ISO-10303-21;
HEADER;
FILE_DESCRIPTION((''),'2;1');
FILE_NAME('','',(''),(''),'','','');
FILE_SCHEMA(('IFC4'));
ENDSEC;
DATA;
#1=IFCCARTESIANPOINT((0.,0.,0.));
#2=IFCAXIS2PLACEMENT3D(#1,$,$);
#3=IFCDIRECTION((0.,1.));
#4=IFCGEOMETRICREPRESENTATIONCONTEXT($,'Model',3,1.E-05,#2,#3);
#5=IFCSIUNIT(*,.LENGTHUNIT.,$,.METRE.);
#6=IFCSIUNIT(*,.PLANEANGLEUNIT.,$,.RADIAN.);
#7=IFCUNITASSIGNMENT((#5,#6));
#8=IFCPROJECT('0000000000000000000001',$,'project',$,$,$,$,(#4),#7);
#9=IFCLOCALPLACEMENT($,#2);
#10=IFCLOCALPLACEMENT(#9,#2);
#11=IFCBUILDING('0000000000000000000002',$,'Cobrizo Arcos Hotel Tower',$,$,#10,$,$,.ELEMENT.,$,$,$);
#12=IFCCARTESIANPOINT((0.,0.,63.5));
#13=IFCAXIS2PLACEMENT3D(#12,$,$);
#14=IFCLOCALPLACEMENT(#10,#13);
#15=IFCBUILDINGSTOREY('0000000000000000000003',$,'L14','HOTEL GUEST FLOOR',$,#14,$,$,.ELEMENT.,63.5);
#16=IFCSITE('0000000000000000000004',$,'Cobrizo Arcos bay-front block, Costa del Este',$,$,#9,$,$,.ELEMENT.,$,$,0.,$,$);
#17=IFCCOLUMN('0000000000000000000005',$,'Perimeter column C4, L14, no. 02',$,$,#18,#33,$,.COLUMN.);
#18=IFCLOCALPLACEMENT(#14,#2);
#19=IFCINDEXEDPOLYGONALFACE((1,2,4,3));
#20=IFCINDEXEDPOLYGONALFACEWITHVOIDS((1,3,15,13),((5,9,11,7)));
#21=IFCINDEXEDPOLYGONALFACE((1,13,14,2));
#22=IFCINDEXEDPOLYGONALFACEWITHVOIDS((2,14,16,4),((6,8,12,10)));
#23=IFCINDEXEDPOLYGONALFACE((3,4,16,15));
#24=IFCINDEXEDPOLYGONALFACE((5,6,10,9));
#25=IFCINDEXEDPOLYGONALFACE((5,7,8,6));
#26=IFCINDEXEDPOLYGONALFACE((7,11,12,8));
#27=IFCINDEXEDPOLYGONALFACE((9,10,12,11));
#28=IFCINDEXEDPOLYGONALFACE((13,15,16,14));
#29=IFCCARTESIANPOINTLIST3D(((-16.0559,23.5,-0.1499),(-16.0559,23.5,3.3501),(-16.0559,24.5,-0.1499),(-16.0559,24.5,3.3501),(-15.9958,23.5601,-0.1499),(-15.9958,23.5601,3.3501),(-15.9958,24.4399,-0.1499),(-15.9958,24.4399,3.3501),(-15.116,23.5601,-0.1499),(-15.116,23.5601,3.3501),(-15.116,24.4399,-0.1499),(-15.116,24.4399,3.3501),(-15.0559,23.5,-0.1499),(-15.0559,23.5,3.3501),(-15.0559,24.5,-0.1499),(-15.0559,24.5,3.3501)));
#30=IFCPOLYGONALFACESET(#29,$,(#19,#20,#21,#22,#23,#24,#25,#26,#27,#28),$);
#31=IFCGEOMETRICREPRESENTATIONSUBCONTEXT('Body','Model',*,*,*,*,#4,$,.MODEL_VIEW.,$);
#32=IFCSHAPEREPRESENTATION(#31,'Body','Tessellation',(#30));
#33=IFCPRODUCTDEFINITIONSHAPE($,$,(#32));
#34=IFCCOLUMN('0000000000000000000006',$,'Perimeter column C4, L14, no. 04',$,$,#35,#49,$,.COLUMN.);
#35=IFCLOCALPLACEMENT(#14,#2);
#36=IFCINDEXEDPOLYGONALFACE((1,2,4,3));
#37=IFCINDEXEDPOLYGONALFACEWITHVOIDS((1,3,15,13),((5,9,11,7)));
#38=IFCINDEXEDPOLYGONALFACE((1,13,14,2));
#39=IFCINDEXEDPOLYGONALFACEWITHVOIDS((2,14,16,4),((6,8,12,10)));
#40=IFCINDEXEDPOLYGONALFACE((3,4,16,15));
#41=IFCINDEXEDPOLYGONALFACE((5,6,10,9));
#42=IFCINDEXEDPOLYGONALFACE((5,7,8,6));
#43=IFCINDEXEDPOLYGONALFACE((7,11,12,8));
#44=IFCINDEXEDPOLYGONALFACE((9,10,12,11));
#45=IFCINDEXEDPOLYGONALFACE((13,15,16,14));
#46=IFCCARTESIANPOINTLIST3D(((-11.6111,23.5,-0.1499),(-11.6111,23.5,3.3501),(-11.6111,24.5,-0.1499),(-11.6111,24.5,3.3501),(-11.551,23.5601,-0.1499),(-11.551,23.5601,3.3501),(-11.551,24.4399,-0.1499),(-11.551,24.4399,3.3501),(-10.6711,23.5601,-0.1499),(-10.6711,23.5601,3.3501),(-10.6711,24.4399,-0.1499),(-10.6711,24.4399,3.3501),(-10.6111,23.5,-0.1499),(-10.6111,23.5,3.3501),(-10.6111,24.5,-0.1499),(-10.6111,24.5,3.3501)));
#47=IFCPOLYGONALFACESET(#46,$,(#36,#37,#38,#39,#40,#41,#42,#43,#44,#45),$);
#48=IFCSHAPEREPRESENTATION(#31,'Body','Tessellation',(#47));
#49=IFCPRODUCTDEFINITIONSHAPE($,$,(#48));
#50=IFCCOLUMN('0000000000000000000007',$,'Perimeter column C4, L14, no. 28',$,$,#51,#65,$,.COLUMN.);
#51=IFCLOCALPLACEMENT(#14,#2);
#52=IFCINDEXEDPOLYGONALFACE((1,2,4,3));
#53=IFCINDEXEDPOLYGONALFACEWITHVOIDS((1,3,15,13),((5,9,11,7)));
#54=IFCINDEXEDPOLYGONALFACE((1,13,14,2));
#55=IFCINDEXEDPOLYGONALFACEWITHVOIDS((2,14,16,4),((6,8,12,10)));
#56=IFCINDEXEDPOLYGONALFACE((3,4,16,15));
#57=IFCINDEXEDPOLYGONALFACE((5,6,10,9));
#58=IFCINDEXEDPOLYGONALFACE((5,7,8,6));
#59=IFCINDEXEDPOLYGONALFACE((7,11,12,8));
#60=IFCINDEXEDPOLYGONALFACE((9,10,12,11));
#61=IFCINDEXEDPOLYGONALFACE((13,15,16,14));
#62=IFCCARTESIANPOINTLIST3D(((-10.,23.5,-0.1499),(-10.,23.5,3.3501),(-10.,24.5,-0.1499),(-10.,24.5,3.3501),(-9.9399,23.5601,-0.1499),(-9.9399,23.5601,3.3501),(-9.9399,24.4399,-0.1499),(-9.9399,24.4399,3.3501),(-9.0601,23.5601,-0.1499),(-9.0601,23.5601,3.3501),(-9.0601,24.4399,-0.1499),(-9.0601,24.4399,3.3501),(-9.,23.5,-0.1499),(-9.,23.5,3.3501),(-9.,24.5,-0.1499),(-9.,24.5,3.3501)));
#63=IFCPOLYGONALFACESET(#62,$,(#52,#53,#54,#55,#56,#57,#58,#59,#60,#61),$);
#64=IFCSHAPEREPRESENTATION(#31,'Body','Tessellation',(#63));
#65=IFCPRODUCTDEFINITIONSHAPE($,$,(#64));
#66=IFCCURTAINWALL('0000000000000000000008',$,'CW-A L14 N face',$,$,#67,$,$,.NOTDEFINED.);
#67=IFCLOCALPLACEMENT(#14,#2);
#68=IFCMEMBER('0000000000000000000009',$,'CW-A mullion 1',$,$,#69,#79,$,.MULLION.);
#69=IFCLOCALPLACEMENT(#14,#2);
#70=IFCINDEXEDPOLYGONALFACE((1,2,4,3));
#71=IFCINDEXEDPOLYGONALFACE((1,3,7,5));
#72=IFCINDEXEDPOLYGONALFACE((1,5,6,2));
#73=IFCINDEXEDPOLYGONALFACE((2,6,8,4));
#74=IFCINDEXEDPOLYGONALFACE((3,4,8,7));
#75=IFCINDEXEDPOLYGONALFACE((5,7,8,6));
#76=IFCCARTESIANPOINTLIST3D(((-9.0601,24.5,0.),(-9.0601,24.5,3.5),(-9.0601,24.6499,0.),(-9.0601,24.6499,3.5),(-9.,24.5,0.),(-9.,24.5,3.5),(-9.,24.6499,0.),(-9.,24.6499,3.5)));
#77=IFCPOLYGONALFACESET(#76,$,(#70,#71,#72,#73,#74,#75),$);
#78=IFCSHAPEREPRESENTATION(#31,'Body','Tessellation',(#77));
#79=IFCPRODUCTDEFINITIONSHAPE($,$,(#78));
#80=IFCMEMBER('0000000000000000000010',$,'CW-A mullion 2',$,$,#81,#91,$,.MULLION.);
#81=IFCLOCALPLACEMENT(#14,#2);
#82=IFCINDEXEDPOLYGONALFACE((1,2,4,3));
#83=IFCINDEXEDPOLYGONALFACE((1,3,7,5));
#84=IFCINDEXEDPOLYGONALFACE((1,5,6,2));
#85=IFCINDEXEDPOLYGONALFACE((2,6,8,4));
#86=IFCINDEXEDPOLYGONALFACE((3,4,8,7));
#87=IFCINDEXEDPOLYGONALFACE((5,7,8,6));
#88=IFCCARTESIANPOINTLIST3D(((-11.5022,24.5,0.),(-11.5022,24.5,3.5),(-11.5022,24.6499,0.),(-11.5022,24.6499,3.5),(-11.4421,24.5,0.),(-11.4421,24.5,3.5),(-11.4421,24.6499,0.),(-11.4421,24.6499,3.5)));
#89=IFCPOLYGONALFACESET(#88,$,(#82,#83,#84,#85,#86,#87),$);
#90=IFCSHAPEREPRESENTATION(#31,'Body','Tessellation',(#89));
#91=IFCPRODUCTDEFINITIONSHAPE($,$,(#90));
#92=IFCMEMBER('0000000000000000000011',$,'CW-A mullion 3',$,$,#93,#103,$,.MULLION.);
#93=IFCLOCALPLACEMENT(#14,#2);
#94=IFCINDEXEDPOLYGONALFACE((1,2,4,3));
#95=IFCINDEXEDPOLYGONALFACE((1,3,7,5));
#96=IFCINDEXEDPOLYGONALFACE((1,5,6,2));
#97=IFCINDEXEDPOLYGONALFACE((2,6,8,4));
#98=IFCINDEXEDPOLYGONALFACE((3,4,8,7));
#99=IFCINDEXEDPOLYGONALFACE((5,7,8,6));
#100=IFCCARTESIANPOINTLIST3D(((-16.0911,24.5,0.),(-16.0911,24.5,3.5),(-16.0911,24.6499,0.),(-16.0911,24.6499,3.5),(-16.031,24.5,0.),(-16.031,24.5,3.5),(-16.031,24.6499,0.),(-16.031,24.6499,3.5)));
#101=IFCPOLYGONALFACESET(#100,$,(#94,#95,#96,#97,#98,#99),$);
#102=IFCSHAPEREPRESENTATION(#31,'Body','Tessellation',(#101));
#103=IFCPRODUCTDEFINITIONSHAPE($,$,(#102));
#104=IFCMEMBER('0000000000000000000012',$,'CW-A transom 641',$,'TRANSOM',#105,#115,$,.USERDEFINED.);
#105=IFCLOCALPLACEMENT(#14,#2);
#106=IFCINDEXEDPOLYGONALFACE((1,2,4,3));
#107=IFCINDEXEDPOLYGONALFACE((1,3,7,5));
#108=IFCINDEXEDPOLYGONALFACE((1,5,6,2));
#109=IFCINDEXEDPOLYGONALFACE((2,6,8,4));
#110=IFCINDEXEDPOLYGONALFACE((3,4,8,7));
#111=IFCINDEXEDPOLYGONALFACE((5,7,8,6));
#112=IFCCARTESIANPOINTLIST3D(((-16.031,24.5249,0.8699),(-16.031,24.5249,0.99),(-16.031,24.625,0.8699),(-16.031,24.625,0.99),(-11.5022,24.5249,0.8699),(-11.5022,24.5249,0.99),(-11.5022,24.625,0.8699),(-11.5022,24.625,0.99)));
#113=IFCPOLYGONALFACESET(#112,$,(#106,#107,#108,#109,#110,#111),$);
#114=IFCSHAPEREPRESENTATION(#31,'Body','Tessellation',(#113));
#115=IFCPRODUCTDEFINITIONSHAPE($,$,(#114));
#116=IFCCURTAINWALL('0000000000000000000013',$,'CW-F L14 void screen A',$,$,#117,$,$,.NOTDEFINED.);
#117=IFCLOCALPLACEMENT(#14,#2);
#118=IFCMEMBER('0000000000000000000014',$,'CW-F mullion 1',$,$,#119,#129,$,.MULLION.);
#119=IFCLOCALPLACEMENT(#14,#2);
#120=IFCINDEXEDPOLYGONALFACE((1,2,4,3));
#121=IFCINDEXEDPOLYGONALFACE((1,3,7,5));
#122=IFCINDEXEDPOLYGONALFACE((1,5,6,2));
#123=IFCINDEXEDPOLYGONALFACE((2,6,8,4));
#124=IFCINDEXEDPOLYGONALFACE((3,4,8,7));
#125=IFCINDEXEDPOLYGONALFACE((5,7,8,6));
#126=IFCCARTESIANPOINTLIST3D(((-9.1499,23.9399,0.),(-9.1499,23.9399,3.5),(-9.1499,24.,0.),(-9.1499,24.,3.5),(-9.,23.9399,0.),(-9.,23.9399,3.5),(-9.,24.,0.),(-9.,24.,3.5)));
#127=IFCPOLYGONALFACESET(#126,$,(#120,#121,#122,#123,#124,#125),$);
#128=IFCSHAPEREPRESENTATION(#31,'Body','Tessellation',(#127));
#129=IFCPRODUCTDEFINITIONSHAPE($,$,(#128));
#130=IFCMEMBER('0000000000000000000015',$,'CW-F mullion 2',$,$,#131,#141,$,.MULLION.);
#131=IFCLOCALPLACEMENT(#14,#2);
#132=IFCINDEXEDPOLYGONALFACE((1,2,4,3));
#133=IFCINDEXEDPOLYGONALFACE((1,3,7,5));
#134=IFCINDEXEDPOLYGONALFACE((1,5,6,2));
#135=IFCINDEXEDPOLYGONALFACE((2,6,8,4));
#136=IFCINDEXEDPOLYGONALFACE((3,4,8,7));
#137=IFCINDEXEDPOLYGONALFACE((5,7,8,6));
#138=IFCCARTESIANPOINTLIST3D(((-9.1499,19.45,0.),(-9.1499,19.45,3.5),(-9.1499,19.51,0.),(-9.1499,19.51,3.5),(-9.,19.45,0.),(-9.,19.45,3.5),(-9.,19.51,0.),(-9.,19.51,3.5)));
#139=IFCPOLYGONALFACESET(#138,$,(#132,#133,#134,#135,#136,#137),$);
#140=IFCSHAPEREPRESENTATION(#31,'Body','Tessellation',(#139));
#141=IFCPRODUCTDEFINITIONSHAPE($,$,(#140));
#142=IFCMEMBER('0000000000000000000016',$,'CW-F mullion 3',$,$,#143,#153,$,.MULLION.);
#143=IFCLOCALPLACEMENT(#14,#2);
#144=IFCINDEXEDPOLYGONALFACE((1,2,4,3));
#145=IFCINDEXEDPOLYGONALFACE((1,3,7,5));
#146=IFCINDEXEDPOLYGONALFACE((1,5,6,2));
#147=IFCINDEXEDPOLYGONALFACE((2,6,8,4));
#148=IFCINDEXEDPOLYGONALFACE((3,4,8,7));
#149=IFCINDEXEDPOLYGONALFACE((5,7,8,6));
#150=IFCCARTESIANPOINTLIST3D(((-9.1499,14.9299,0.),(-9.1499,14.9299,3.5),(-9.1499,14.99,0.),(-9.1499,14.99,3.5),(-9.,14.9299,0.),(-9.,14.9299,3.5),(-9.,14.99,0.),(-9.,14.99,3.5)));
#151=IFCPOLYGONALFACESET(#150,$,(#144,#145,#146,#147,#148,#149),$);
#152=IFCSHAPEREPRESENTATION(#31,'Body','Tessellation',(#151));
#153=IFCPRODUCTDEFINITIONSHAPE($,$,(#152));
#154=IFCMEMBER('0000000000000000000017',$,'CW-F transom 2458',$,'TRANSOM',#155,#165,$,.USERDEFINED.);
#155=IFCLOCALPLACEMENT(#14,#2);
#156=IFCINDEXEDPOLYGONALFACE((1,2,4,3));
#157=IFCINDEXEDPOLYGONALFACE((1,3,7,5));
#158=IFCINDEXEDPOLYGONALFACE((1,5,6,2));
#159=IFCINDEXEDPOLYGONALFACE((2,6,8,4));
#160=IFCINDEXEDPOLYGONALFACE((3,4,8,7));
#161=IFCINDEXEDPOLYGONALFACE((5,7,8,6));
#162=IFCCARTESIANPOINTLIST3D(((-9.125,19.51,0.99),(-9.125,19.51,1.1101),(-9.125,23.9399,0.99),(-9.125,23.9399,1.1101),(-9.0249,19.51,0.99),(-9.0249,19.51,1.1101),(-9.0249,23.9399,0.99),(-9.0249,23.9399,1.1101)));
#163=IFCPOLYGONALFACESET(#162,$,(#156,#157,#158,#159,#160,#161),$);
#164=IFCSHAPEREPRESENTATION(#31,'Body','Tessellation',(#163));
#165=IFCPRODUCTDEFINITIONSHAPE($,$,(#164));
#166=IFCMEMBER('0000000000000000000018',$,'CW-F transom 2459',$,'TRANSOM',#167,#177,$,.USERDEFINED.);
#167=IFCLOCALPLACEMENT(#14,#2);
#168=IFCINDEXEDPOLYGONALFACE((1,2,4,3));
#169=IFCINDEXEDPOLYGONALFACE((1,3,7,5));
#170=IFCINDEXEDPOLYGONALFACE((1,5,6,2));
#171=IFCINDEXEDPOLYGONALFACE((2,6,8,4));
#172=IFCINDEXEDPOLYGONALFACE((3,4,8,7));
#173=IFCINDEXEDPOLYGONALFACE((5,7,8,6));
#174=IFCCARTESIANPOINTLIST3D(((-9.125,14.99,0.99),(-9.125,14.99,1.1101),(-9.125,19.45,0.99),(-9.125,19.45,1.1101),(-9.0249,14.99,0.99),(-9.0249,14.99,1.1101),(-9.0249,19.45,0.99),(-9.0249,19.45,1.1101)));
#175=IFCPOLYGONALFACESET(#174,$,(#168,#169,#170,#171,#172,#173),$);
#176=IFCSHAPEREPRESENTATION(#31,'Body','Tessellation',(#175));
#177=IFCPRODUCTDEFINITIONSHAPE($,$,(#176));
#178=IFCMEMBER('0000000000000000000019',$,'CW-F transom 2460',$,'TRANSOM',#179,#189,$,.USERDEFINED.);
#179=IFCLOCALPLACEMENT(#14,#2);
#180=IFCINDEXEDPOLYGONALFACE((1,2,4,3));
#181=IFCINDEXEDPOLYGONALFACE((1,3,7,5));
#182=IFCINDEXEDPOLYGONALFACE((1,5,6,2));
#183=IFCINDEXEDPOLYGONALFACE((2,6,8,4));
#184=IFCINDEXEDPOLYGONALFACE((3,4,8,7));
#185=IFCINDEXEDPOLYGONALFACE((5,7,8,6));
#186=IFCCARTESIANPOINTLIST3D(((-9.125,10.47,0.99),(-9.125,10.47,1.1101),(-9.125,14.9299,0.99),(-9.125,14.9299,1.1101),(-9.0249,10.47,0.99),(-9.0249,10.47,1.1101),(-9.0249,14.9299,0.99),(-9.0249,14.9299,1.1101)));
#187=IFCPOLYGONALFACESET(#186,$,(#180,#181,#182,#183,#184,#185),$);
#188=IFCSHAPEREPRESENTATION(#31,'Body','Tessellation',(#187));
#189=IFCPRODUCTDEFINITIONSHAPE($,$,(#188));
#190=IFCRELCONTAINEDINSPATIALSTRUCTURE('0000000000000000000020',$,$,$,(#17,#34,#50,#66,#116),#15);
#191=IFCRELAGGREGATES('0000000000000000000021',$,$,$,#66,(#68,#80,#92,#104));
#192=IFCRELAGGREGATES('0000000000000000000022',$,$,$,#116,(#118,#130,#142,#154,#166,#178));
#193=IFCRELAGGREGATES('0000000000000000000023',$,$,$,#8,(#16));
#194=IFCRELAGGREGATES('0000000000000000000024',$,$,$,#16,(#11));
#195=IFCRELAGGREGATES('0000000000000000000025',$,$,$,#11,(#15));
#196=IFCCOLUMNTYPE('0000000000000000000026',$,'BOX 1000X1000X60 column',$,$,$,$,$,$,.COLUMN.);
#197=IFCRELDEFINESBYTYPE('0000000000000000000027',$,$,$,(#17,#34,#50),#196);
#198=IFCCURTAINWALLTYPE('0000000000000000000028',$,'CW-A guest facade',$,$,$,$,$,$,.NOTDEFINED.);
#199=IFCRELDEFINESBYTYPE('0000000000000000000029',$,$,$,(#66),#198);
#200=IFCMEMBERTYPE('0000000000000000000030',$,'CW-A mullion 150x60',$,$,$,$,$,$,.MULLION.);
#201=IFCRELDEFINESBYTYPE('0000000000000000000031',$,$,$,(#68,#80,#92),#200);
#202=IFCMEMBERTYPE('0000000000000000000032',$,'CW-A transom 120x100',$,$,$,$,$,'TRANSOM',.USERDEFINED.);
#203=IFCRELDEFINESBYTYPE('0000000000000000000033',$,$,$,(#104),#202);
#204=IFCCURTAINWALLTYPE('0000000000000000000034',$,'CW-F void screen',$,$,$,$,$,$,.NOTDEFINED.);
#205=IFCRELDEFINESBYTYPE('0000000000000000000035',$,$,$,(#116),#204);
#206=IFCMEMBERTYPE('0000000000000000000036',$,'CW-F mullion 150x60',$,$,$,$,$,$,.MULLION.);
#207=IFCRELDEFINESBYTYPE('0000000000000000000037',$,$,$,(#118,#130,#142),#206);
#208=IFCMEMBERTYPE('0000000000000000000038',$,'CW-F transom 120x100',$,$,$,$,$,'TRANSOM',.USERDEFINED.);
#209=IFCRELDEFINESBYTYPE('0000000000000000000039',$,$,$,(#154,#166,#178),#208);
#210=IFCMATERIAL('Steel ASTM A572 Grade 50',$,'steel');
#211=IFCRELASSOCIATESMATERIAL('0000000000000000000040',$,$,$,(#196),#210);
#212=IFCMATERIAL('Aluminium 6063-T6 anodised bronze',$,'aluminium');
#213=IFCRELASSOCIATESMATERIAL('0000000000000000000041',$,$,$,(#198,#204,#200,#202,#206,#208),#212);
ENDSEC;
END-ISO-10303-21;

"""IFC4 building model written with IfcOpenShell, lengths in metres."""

from ifc_helpers import new_model, si_unit, direction, frame, origin, origin_2d, place, context, subcontext, project, spatial, rectangle, hollow_rectangle, extrude, material, material_profile, profile_set, type_object, element, aggregate, save


model = new_model("IFC4")

# Units and contexts
model_context = context("Model", 3, precision=1e-05, world=origin(), true_north=direction((0.0, 1.0)))
body_context = subcontext(model_context, "Body", "Model", "MODEL_VIEW")
ifc_project = project(units=[si_unit("LENGTHUNIT", "METRE"), si_unit("PLANEANGLEUNIT", "RADIAN")], contexts=[model_context])

# Site, building, storey
site_placement = place(None, origin())
site = spatial("IfcSite", under=ifc_project, at=site_placement, Name="Cobrizo Arcos bay-front block, Costa del Este", CompositionType="ELEMENT", RefElevation=0.0)
building_placement = place(site_placement, origin())
building = spatial("IfcBuilding", under=site, at=building_placement, Name="Cobrizo Arcos Hotel Tower", CompositionType="ELEMENT")
storey_placement = place(building_placement, frame((0.0, 0.0, 63.5)))
storey = spatial("IfcBuildingStorey", under=building, at=storey_placement, Name="L14", Description="HOTEL GUEST FLOOR", CompositionType="ELEMENT", Elevation=63.5)

# Columns
ifc_material_1 = material(Name="Steel ASTM A572 Grade 50", Category="steel")
ifc_material_profile_1 = material_profile(ifc_material_1, hollow_rectangle(XDim=1.0, YDim=1.0, WallThickness=0.0601, at=origin_2d()), Name="BOX 1000X1000X60")
ifc_profile_set_1 = profile_set([ifc_material_profile_1], Name="Steel ASTM A572 Grade 50")
column_type = type_object("IfcColumnType", Name="BOX 1000X1000X60 column", PredefinedType="COLUMN", material=ifc_profile_set_1)
for number, where, z_axis, x_axis, name in (
    (1, (-15.5559, 24.0, -0.1499), (0.0, 0.0, 1.0), (1.0, 0.0, 0.0), "Perimeter column C4, L14, no. 02"),
    (2, (-11.1111, 24.0, -0.1499), (0.0, 0.0, 1.0), (1.0, 0.0, 0.0), "Perimeter column C4, L14, no. 04"),
    (3, (-9.5, 24.0, -0.1499), (0.0, 0.0, 1.0), (1.0, 0.0, 0.0), "Perimeter column C4, L14, no. 28"),
):
    element("IfcColumn", number, at=place(storey_placement, frame(where, z_axis=z_axis, x_axis=x_axis)), inside=storey, type_object=column_type, Name=name, PredefinedType="COLUMN", context=body_context, shape_type="SweptSolid", body=[
        extrude(hollow_rectangle(XDim=1.0, YDim=1.0, WallThickness=0.0601, at=origin_2d()), origin(), (0.0, 0.0, 1.0), 3.5),
    ])

# Curtain walls, members
ifc_material_2 = material(Name="Aluminium 6063-T6 anodised bronze", Category="aluminium")
curtain_wall_type_1 = type_object("IfcCurtainWallType", Name="CW-A guest facade", PredefinedType="NOTDEFINED", material=ifc_material_2)
curtain_wall_1_placement = place(storey_placement, origin())
curtain_wall_1 = element("IfcCurtainWall", 4, at=curtain_wall_1_placement, inside=storey, type_object=curtain_wall_type_1, Name="CW-A L14 N face", PredefinedType="NOTDEFINED")
ifc_material_profile_2 = material_profile(ifc_material_2, rectangle(XDim=0.1499, YDim=0.0601, at=origin_2d()), Name="CW-A mullion 150x60")
ifc_profile_set_2 = profile_set([ifc_material_profile_2], Name="Aluminium 6063-T6 anodised bronze")
member_type_1 = type_object("IfcMemberType", Name="CW-A mullion 150x60", PredefinedType="MULLION", material=ifc_profile_set_2)
member_1_placement = place(storey_placement, frame((-9.03, 24.575, 0.0), z_axis=(0.0, 0.0, 1.0), x_axis=(0.0, 1.0, 0.0)))
member_1 = element("IfcMember", 5, at=member_1_placement, type_object=member_type_1, Name="CW-A mullion 1", PredefinedType="MULLION", context=body_context, shape_type="SweptSolid", body=[
    extrude(rectangle(XDim=0.1499, YDim=0.0601, at=origin_2d()), origin(), (0.0, 0.0, 1.0), 3.5),
])
member_2_placement = place(storey_placement, frame((-11.4722, 24.575, 0.0), z_axis=(0.0, 0.0, 1.0), x_axis=(0.0, 1.0, 0.0)))
member_2 = element("IfcMember", 6, at=member_2_placement, type_object=member_type_1, Name="CW-A mullion 2", PredefinedType="MULLION", context=body_context, shape_type="SweptSolid", body=[
    extrude(rectangle(XDim=0.1499, YDim=0.0601, at=origin_2d()), origin(), (0.0, 0.0, 1.0), 3.5),
])
member_3_placement = place(storey_placement, frame((-16.061, 24.575, 0.0), z_axis=(0.0, 0.0, 1.0), x_axis=(0.0, 1.0, 0.0)))
member_3 = element("IfcMember", 7, at=member_3_placement, type_object=member_type_1, Name="CW-A mullion 3", PredefinedType="MULLION", context=body_context, shape_type="SweptSolid", body=[
    extrude(rectangle(XDim=0.1499, YDim=0.0601, at=origin_2d()), origin(), (0.0, 0.0, 1.0), 3.5),
])
ifc_material_profile_3 = material_profile(ifc_material_2, rectangle(XDim=0.1001, YDim=0.1201, at=origin_2d()), Name="CW-A transom 120x100")
ifc_profile_set_3 = profile_set([ifc_material_profile_3], Name="Aluminium 6063-T6 anodised bronze")
member_type_2 = type_object("IfcMemberType", Name="CW-A transom 120x100", ElementType="TRANSOM", PredefinedType="USERDEFINED", material=ifc_profile_set_3)
member_4_placement = place(storey_placement, frame((-11.5022, 24.575, 0.9299), z_axis=(-1.0, 0.0, 0.0), x_axis=(0.0, -1.0, 0.0)))
member_4 = element("IfcMember", 8, at=member_4_placement, type_object=member_type_2, Name="CW-A transom 641", ObjectType="TRANSOM", PredefinedType="USERDEFINED", context=body_context, shape_type="SweptSolid", body=[
    extrude(rectangle(XDim=0.1001, YDim=0.1201, at=origin_2d()), origin(), (0.0, 0.0, 1.0), 4.5288),
])
curtain_wall_type_2 = type_object("IfcCurtainWallType", Name="CW-F void screen", PredefinedType="NOTDEFINED", material=ifc_material_2)
curtain_wall_2_placement = place(storey_placement, origin())
curtain_wall_2 = element("IfcCurtainWall", 9, at=curtain_wall_2_placement, inside=storey, type_object=curtain_wall_type_2, Name="CW-F L14 void screen A", PredefinedType="NOTDEFINED")
ifc_material_profile_4 = material_profile(ifc_material_2, rectangle(XDim=0.1499, YDim=0.0601, at=origin_2d()), Name="CW-F mullion 150x60")
ifc_profile_set_4 = profile_set([ifc_material_profile_4], Name="Aluminium 6063-T6 anodised bronze")
member_type_3 = type_object("IfcMemberType", Name="CW-F mullion 150x60", PredefinedType="MULLION", material=ifc_profile_set_4)
member_5_placement = place(storey_placement, frame((-9.075, 23.97, 0.0), z_axis=(0.0, 0.0, 1.0), x_axis=(-1.0, 0.0, 0.0)))
member_5 = element("IfcMember", 10, at=member_5_placement, type_object=member_type_3, Name="CW-F mullion 1", PredefinedType="MULLION", context=body_context, shape_type="SweptSolid", body=[
    extrude(rectangle(XDim=0.1499, YDim=0.0601, at=origin_2d()), origin(), (0.0, 0.0, 1.0), 3.5),
])
member_6_placement = place(storey_placement, frame((-9.075, 19.48, 0.0), z_axis=(0.0, 0.0, 1.0), x_axis=(-1.0, 0.0, 0.0)))
member_6 = element("IfcMember", 11, at=member_6_placement, type_object=member_type_3, Name="CW-F mullion 2", PredefinedType="MULLION", context=body_context, shape_type="SweptSolid", body=[
    extrude(rectangle(XDim=0.1499, YDim=0.0601, at=origin_2d()), origin(), (0.0, 0.0, 1.0), 3.5),
])
member_7_placement = place(storey_placement, frame((-9.075, 14.96, 0.0), z_axis=(0.0, 0.0, 1.0), x_axis=(-1.0, 0.0, 0.0)))
member_7 = element("IfcMember", 12, at=member_7_placement, type_object=member_type_3, Name="CW-F mullion 3", PredefinedType="MULLION", context=body_context, shape_type="SweptSolid", body=[
    extrude(rectangle(XDim=0.1499, YDim=0.0601, at=origin_2d()), origin(), (0.0, 0.0, 1.0), 3.5),
])
ifc_material_profile_5 = material_profile(ifc_material_2, rectangle(XDim=0.1001, YDim=0.1201, at=origin_2d()), Name="CW-F transom 120x100")
ifc_profile_set_5 = profile_set([ifc_material_profile_5], Name="Aluminium 6063-T6 anodised bronze")
member_type_4 = type_object("IfcMemberType", Name="CW-F transom 120x100", ElementType="TRANSOM", PredefinedType="USERDEFINED", material=ifc_profile_set_5)
member_8_placement = place(storey_placement, frame((-9.075, 23.9399, 1.05), z_axis=(0.0, -1.0, 0.0), x_axis=(1.0, 0.0, 0.0)))
member_8 = element("IfcMember", 13, at=member_8_placement, type_object=member_type_4, Name="CW-F transom 2458", ObjectType="TRANSOM", PredefinedType="USERDEFINED", context=body_context, shape_type="SweptSolid", body=[
    extrude(rectangle(XDim=0.1001, YDim=0.1201, at=origin_2d()), origin(), (0.0, 0.0, 1.0), 4.4299),
])
member_9_placement = place(storey_placement, frame((-9.075, 19.45, 1.05), z_axis=(0.0, -1.0, 0.0), x_axis=(1.0, 0.0, 0.0)))
member_9 = element("IfcMember", 14, at=member_9_placement, type_object=member_type_4, Name="CW-F transom 2459", ObjectType="TRANSOM", PredefinedType="USERDEFINED", context=body_context, shape_type="SweptSolid", body=[
    extrude(rectangle(XDim=0.1001, YDim=0.1201, at=origin_2d()), origin(), (0.0, 0.0, 1.0), 4.46),
])
member_10_placement = place(storey_placement, frame((-9.075, 14.9299, 1.05), z_axis=(0.0, -1.0, 0.0), x_axis=(1.0, 0.0, 0.0)))
member_10 = element("IfcMember", 15, at=member_10_placement, type_object=member_type_4, Name="CW-F transom 2460", ObjectType="TRANSOM", PredefinedType="USERDEFINED", context=body_context, shape_type="SweptSolid", body=[
    extrude(rectangle(XDim=0.1001, YDim=0.1201, at=origin_2d()), origin(), (0.0, 0.0, 1.0), 4.46),
])

aggregate(curtain_wall_1, [member_1, member_2, member_3, member_4])
aggregate(curtain_wall_2, [member_5, member_6, member_7, member_8, member_9, member_10])

save(model, "model.ifc")
